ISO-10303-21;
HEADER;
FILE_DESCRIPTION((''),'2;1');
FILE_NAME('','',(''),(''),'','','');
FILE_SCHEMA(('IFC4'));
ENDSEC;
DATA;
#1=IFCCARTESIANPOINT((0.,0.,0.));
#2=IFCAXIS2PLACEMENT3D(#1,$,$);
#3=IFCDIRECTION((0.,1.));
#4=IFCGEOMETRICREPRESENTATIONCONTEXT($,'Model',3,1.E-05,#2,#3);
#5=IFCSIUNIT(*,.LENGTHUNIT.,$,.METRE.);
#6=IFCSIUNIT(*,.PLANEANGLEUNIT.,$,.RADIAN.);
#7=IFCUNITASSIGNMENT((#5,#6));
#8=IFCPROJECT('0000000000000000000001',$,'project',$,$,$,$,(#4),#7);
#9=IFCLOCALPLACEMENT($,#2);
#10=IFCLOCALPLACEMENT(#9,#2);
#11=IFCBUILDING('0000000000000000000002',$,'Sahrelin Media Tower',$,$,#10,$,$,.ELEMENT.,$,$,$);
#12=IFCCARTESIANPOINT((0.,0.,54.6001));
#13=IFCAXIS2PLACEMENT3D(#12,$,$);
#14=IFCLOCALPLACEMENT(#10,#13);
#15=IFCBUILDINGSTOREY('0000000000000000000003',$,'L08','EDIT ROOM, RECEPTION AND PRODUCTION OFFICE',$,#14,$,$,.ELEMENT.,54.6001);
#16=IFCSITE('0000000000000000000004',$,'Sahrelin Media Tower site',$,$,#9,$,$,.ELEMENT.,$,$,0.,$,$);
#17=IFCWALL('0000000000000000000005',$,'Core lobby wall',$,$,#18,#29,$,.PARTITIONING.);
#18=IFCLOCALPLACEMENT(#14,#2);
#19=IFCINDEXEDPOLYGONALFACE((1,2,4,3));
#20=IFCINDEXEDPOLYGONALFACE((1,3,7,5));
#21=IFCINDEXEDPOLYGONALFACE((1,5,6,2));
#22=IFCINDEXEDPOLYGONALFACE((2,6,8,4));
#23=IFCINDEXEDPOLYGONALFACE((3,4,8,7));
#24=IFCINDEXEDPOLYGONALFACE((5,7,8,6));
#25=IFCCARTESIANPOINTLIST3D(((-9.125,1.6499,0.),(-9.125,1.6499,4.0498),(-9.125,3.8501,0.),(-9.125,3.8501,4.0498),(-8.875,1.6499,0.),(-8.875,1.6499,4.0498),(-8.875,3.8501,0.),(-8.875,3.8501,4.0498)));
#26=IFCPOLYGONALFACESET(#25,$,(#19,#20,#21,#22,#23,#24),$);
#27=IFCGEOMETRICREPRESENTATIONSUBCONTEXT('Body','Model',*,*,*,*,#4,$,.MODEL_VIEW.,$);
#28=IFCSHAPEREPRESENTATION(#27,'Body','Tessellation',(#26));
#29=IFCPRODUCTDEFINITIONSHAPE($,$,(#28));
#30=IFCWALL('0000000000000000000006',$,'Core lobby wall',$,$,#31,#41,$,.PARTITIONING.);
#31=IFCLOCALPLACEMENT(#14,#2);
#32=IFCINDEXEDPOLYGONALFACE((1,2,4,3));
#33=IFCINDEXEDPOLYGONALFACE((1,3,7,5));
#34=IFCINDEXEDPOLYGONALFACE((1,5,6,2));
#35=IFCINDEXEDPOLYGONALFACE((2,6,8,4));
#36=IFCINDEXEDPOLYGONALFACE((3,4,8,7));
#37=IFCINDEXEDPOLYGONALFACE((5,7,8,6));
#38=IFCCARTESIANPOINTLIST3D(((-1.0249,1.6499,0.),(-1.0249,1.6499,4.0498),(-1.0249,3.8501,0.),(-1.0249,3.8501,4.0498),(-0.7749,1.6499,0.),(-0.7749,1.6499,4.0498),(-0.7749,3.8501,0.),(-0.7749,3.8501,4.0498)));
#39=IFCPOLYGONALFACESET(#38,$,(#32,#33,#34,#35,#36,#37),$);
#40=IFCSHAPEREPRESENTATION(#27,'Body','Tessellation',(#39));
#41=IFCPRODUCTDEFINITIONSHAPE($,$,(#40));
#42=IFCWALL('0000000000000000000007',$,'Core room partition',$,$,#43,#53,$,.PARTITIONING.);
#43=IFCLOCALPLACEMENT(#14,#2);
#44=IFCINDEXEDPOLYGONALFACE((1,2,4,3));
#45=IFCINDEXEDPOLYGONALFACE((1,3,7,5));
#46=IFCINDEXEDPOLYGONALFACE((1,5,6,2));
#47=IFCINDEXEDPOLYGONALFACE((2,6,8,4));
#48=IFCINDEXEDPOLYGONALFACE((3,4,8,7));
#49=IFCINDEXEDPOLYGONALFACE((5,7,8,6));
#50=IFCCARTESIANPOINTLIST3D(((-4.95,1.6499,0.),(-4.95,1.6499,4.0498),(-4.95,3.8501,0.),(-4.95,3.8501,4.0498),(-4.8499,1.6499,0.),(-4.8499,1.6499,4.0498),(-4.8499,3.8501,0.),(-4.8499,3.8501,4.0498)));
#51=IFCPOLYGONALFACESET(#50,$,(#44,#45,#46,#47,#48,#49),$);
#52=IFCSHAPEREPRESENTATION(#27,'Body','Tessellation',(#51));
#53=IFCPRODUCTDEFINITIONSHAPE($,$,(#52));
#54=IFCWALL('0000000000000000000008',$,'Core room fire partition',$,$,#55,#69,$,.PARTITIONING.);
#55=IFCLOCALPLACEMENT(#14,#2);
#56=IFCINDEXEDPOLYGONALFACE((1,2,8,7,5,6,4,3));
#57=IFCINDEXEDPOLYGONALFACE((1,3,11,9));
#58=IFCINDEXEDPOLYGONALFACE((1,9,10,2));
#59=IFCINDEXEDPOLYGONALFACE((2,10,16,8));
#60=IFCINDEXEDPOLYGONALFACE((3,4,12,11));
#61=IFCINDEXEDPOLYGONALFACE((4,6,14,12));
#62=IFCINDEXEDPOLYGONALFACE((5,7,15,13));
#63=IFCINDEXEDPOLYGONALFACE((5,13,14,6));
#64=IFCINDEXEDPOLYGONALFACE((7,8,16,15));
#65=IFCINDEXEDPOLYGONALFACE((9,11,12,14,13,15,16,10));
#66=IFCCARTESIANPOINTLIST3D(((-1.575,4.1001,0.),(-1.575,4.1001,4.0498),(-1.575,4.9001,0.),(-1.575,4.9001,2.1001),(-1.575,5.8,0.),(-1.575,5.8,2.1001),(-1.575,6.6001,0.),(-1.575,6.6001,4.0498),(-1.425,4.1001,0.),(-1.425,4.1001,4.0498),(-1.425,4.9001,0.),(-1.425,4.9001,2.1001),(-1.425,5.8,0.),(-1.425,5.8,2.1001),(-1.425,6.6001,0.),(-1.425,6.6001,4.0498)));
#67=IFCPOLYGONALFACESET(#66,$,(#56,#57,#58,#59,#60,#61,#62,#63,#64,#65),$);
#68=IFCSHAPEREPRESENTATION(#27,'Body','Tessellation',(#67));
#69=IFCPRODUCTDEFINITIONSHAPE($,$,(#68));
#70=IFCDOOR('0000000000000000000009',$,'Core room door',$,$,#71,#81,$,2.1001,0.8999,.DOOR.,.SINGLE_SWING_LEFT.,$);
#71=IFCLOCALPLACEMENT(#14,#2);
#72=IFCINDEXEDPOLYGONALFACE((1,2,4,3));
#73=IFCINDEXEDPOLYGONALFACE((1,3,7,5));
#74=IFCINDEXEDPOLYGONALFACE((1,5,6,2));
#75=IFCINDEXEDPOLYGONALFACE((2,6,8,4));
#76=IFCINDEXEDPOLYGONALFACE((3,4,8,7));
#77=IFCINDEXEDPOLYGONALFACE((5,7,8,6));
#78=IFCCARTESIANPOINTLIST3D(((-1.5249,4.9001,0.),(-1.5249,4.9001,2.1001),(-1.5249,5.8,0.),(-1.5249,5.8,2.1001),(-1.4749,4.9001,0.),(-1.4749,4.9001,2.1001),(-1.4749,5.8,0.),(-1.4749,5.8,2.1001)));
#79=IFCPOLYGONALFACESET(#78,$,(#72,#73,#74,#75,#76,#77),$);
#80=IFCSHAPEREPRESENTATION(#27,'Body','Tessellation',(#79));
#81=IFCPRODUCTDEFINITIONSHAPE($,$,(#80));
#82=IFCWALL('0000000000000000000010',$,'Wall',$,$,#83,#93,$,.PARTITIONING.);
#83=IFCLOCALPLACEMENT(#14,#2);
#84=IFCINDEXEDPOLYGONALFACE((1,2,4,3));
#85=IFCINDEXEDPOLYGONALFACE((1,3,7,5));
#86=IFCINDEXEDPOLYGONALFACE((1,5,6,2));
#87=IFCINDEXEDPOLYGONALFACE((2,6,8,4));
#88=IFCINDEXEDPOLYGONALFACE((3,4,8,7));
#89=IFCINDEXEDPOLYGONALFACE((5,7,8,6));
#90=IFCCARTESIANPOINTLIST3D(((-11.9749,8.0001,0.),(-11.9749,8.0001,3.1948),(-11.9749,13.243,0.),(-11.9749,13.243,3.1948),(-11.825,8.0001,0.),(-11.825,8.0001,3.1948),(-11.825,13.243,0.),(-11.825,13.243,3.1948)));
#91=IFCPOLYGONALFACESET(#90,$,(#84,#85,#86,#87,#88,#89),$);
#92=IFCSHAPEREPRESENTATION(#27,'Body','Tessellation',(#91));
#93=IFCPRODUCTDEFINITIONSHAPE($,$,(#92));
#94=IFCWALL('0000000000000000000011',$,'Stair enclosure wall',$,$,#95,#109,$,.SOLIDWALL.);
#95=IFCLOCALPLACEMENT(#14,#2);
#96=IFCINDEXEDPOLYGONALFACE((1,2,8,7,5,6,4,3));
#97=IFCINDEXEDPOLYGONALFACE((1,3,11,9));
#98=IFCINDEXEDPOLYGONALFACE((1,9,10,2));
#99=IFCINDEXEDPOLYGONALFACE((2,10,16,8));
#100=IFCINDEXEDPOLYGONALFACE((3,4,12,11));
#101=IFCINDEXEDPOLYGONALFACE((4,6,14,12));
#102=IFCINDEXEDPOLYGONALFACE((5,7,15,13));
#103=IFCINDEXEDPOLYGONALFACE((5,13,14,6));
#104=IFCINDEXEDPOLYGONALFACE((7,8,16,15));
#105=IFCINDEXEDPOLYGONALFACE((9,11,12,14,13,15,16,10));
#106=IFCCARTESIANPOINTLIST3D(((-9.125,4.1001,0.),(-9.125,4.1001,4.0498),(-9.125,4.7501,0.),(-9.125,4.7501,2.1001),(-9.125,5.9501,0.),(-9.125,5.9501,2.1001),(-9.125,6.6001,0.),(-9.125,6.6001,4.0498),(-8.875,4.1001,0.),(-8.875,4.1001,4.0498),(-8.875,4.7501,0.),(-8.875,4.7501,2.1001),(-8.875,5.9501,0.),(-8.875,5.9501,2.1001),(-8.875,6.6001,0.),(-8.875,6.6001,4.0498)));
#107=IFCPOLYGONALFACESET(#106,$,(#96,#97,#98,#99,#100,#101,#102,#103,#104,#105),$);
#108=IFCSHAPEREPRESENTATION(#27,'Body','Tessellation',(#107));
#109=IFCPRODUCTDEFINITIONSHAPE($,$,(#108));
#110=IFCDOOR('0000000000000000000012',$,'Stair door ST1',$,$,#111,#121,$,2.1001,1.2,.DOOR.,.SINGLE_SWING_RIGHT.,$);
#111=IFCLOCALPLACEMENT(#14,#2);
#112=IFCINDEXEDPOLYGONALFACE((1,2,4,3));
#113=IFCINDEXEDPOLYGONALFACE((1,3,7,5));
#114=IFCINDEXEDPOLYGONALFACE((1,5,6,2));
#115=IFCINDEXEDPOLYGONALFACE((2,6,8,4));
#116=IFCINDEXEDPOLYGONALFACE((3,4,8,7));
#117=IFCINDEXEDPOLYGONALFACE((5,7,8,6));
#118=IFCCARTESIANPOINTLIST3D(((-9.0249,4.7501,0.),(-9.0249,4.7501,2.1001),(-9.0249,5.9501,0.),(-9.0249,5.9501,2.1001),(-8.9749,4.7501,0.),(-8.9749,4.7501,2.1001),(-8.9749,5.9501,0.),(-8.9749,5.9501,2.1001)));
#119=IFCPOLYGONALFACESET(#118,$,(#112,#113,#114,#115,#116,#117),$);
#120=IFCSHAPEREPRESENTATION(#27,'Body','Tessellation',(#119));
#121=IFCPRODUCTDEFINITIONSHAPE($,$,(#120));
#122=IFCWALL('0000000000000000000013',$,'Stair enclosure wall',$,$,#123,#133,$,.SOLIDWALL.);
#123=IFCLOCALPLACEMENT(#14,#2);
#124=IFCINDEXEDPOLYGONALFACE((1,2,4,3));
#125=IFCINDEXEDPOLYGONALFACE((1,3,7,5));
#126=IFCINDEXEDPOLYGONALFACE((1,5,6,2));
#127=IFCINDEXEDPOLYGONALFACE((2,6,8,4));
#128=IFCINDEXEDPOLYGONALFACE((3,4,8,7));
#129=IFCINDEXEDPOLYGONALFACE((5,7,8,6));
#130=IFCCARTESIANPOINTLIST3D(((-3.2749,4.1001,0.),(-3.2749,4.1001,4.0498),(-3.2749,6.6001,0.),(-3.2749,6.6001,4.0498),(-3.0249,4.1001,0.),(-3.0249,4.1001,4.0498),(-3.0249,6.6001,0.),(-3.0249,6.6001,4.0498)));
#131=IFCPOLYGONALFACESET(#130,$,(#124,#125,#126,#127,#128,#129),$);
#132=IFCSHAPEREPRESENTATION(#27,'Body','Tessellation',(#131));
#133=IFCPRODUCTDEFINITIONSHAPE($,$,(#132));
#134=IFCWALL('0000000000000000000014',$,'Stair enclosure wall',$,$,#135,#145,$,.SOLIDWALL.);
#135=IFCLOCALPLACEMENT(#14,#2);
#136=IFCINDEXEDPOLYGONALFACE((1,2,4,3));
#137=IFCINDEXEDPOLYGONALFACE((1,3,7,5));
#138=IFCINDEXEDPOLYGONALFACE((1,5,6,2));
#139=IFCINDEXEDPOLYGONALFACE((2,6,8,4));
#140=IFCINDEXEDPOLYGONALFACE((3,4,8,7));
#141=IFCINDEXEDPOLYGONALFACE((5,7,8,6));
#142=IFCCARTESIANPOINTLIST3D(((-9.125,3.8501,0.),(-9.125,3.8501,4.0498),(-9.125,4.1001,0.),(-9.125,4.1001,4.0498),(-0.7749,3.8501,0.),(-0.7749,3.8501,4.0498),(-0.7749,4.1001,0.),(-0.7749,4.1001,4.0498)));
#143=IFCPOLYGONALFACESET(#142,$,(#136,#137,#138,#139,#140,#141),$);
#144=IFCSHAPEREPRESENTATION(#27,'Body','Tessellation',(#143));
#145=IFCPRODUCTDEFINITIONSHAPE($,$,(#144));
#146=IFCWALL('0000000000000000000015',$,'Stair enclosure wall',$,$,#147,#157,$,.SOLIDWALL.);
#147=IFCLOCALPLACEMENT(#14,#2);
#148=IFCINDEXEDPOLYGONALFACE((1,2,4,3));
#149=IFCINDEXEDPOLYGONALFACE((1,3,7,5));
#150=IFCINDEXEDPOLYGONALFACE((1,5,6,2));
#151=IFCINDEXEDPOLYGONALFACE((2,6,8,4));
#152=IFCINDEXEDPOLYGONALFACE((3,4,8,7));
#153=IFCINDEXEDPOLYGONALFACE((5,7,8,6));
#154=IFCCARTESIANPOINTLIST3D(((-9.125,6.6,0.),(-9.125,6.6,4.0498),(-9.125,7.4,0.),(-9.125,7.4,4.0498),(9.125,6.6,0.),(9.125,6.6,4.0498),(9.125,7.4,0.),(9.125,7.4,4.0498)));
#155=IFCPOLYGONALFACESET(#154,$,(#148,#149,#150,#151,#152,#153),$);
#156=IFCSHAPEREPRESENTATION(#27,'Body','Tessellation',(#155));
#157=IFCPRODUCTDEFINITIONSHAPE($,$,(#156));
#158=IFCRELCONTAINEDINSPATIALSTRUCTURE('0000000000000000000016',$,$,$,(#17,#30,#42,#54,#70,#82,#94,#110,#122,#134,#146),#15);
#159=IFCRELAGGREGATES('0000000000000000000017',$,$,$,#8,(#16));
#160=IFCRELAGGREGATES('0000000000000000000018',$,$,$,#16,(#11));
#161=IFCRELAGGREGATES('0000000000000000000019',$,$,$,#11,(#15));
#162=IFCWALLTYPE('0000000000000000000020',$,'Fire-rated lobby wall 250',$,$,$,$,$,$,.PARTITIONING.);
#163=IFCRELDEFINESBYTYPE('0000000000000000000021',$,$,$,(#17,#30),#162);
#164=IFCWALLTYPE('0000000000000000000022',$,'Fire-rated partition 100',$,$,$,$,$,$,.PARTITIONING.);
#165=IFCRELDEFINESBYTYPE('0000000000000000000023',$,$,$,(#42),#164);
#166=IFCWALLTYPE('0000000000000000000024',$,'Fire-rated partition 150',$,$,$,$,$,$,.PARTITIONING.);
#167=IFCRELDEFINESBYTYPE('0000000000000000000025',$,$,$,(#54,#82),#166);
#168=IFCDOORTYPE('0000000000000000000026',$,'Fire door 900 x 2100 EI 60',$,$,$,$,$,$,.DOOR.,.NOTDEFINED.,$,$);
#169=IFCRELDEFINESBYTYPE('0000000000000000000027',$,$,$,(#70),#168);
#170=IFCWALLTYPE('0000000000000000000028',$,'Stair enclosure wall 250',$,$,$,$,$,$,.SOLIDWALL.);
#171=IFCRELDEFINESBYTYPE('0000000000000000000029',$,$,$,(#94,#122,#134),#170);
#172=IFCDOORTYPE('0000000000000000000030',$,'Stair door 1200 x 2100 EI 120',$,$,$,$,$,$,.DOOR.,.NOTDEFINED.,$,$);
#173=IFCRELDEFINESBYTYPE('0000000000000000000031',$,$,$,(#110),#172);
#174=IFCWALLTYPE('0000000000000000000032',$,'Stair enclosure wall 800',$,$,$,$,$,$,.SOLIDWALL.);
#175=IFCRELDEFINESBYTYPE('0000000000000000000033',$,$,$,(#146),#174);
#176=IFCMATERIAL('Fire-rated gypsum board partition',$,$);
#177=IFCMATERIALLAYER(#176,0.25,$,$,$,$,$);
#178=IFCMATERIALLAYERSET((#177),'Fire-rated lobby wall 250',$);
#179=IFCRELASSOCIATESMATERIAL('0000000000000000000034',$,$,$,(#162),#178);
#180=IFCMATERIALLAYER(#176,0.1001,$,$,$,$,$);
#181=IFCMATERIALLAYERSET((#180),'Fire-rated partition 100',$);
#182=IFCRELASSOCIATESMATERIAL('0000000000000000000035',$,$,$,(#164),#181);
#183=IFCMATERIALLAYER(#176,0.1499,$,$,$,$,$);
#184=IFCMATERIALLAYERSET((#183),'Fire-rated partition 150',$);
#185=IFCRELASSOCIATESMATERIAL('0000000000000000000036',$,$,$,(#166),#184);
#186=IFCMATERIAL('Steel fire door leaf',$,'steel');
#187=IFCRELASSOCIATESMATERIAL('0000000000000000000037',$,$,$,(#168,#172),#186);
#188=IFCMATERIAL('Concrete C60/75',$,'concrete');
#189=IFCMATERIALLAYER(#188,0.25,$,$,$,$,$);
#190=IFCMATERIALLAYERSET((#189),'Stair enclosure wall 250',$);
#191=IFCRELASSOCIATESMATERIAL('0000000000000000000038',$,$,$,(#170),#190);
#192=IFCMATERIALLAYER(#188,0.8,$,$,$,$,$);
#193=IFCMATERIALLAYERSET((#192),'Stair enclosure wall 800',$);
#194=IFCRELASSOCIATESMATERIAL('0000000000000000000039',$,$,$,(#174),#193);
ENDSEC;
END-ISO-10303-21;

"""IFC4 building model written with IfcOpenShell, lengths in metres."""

from ifc_helpers import new_model, si_unit, direction, frame, frame_2d, origin, place, context, subcontext, project, spatial, rectangle, extrude, material, layer, layer_set, type_object, element, fill, save


model = new_model("IFC4")

# Units and contexts
model_context = context("Model", 3, precision=1e-05, world=origin(), true_north=direction((0.0, 1.0)))
body_context = subcontext(model_context, "Body", "Model", "MODEL_VIEW")
ifc_project = project(units=[si_unit("LENGTHUNIT", "METRE"), si_unit("PLANEANGLEUNIT", "RADIAN")], contexts=[model_context])

# Site, building, storey
site_placement = place(None, origin())
site = spatial("IfcSite", under=ifc_project, at=site_placement, Name="Sahrelin Media Tower site", CompositionType="ELEMENT", RefElevation=0.0)
building_placement = place(site_placement, origin())
building = spatial("IfcBuilding", under=site, at=building_placement, Name="Sahrelin Media Tower", CompositionType="ELEMENT")
storey_placement = place(building_placement, frame((0.0, 0.0, 54.6001)))
storey = spatial("IfcBuildingStorey", under=building, at=storey_placement, Name="L08", Description="EDIT ROOM, RECEPTION AND PRODUCTION OFFICE", CompositionType="ELEMENT", Elevation=54.6001)

# Shared definitions
ifc_material_1 = material(Name="Concrete C60/75", Category="concrete")
ifc_material_2 = material(Name="Steel fire door leaf", Category="steel")

# Shared definitions
ifc_material_3 = material(Name="Fire-rated gypsum board partition")
ifc_layer_1 = layer(ifc_material_3, 0.25)
ifc_layer_set_1 = layer_set([ifc_layer_1], Name="Fire-rated lobby wall 250")
wall_type_1 = type_object("IfcWallType", Name="Fire-rated lobby wall 250", PredefinedType="PARTITIONING", material=ifc_layer_set_1)

# Walls
for number, where, z_axis, x_axis, name in (
    (1, (-9.0, 1.6499, 0.0), (0.0, 0.0, 1.0), (0.0, 1.0, 0.0), "Core lobby wall"),
    (2, (-0.8999, 1.6499, 0.0), (0.0, 0.0, 1.0), (0.0, 1.0, 0.0), "Core lobby wall"),
):
    element("IfcWall", number, at=place(storey_placement, frame(where, z_axis=z_axis, x_axis=x_axis)), inside=storey, type_object=wall_type_1, Name=name, PredefinedType="PARTITIONING", context=body_context, shape_type="SweptSolid", body=[
        extrude(rectangle(XDim=2.2002, YDim=0.25, at=frame_2d((1.1001, 0.0))), origin(), (0.0, 0.0, 1.0), 4.0498),
    ])
ifc_layer_2 = layer(ifc_material_3, 0.1001)
ifc_layer_set_2 = layer_set([ifc_layer_2], Name="Fire-rated partition 100")
wall_type_2 = type_object("IfcWallType", Name="Fire-rated partition 100", PredefinedType="PARTITIONING", material=ifc_layer_set_2)
wall_1_placement = place(storey_placement, frame((-4.8999, 1.6499, 0.0), z_axis=(0.0, 0.0, 1.0), x_axis=(0.0, 1.0, 0.0)))
element("IfcWall", 3, at=wall_1_placement, inside=storey, type_object=wall_type_2, Name="Core room partition", PredefinedType="PARTITIONING", context=body_context, shape_type="SweptSolid", body=[
    extrude(rectangle(XDim=2.2002, YDim=0.1001, at=frame_2d((1.1001, 0.0))), origin(), (0.0, 0.0, 1.0), 4.0498),
])

# Wall, opening, door
ifc_layer_3 = layer(ifc_material_3, 0.1499)
ifc_layer_set_3 = layer_set([ifc_layer_3], Name="Fire-rated partition 150")
wall_type_3 = type_object("IfcWallType", Name="Fire-rated partition 150", PredefinedType="PARTITIONING", material=ifc_layer_set_3)
wall_2_placement = place(storey_placement, frame((-1.5, 4.1001, 0.0), z_axis=(0.0, 0.0, 1.0), x_axis=(0.0, 1.0, 0.0)))
wall_2 = element("IfcWall", 4, at=wall_2_placement, inside=storey, type_object=wall_type_3, Name="Core room fire partition", PredefinedType="PARTITIONING", context=body_context, shape_type="SweptSolid", body=[
    extrude(rectangle(XDim=2.5, YDim=0.1499, at=frame_2d((1.25, 0.0))), origin(), (0.0, 0.0, 1.0), 4.0498),
])
opening_1_placement = place(wall_2_placement, frame((0.8, 0.0, 0.0)))
opening_1 = element("IfcOpeningElement", 5, at=opening_1_placement, cuts=wall_2, PredefinedType="OPENING", context=body_context, shape_type="SweptSolid", body=[
    extrude(rectangle(XDim=0.8999, YDim=2.1001, at=frame_2d((0.45, 1.05))), frame((0.0, 0.075, 0.0), z_axis=(0.0, -1.0, 0.0), x_axis=(1.0, 0.0, 0.0)), (0.0, 0.0, 1.0), 0.1499),
])
door_type_1 = type_object("IfcDoorType", Name="Fire door 900 x 2100 EI 60", OperationType="NOTDEFINED", PredefinedType="DOOR", material=ifc_material_2)
door_1_placement = place(opening_1_placement, origin())
door_1 = element("IfcDoor", 6, at=door_1_placement, inside=storey, type_object=door_type_1, Name="Core room door", OperationType="SINGLE_SWING_LEFT", OverallHeight=2.1001, OverallWidth=0.8999, PredefinedType="DOOR", context=body_context, shape_type="SweptSolid", body=[
    extrude(rectangle(XDim=0.8999, YDim=2.1001, at=frame_2d((0.45, 1.05))), frame((0.0, 0.0249, 0.0), z_axis=(0.0, -1.0, 0.0), x_axis=(1.0, 0.0, 0.0)), (0.0, 0.0, 1.0), 0.05),
])
fill(opening_1, door_1)

# Wall
wall_3_placement = place(storey_placement, frame((-11.8999, 8.0, 0.0), z_axis=(0.0, 0.0, 1.0), x_axis=(0.0, 1.0, 0.0)))
element("IfcWall", 7, at=wall_3_placement, inside=storey, type_object=wall_type_3, Name="Wall", PredefinedType="PARTITIONING", context=body_context, shape_type="SweptSolid", body=[
    extrude(rectangle(XDim=5.2429, YDim=0.1499, at=frame_2d((2.6216, 0.0))), origin(), (0.0, 0.0, 1.0), 3.1948),
])

# Wall, opening, door
ifc_layer_4 = layer(ifc_material_1, 0.25)
ifc_layer_set_4 = layer_set([ifc_layer_4], Name="Stair enclosure wall 250")
wall_type_4 = type_object("IfcWallType", Name="Stair enclosure wall 250", PredefinedType="SOLIDWALL", material=ifc_layer_set_4)
wall_4_placement = place(storey_placement, frame((-9.0, 4.1001, 0.0), z_axis=(0.0, 0.0, 1.0), x_axis=(0.0, 1.0, 0.0)))
wall_4 = element("IfcWall", 8, at=wall_4_placement, inside=storey, type_object=wall_type_4, Name="Stair enclosure wall", PredefinedType="SOLIDWALL", context=body_context, shape_type="SweptSolid", body=[
    extrude(rectangle(XDim=2.5, YDim=0.25, at=frame_2d((1.25, 0.0))), origin(), (0.0, 0.0, 1.0), 4.0498),
])
opening_2_placement = place(wall_4_placement, frame((0.6499, 0.0, 0.0)))
opening_2 = element("IfcOpeningElement", 9, at=opening_2_placement, cuts=wall_4, PredefinedType="OPENING", context=body_context, shape_type="SweptSolid", body=[
    extrude(rectangle(XDim=1.2, YDim=2.1001, at=frame_2d((0.6001, 1.05))), frame((0.0, 0.125, 0.0), z_axis=(0.0, -1.0, 0.0), x_axis=(1.0, 0.0, 0.0)), (0.0, 0.0, 1.0), 0.25),
])
door_type_2 = type_object("IfcDoorType", Name="Stair door 1200 x 2100 EI 120", OperationType="NOTDEFINED", PredefinedType="DOOR", material=ifc_material_2)
door_2_placement = place(opening_2_placement, origin())
door_2 = element("IfcDoor", 10, at=door_2_placement, inside=storey, type_object=door_type_2, Name="Stair door ST1", OperationType="SINGLE_SWING_RIGHT", OverallHeight=2.1001, OverallWidth=1.2, PredefinedType="DOOR", context=body_context, shape_type="SweptSolid", body=[
    extrude(rectangle(XDim=1.2, YDim=2.1001, at=frame_2d((0.6001, 1.05))), frame((0.0, 0.0249, 0.0), z_axis=(0.0, -1.0, 0.0), x_axis=(1.0, 0.0, 0.0)), (0.0, 0.0, 1.0), 0.05),
])
fill(opening_2, door_2)

# Walls
wall_5_placement = place(storey_placement, frame((-3.1499, 4.1001, 0.0), z_axis=(0.0, 0.0, 1.0), x_axis=(0.0, 1.0, 0.0)))
element("IfcWall", 11, at=wall_5_placement, inside=storey, type_object=wall_type_4, Name="Stair enclosure wall", PredefinedType="SOLIDWALL", context=body_context, shape_type="SweptSolid", body=[
    extrude(rectangle(XDim=2.5, YDim=0.25, at=frame_2d((1.25, 0.0))), origin(), (0.0, 0.0, 1.0), 4.0498),
])
wall_6_placement = place(storey_placement, frame((-9.125, 3.9751, 0.0), z_axis=(0.0, 0.0, 1.0), x_axis=(1.0, 0.0, 0.0)))
element("IfcWall", 12, at=wall_6_placement, inside=storey, type_object=wall_type_4, Name="Stair enclosure wall", PredefinedType="SOLIDWALL", context=body_context, shape_type="SweptSolid", body=[
    extrude(rectangle(XDim=8.3501, YDim=0.25, at=frame_2d((4.175, 0.0))), origin(), (0.0, 0.0, 1.0), 4.0498),
])
ifc_layer_5 = layer(ifc_material_1, 0.8)
ifc_layer_set_5 = layer_set([ifc_layer_5], Name="Stair enclosure wall 800")
wall_type_5 = type_object("IfcWallType", Name="Stair enclosure wall 800", PredefinedType="SOLIDWALL", material=ifc_layer_set_5)
wall_7_placement = place(storey_placement, frame((-9.125, 7.0, 0.0), z_axis=(0.0, 0.0, 1.0), x_axis=(1.0, 0.0, 0.0)))
element("IfcWall", 13, at=wall_7_placement, inside=storey, type_object=wall_type_5, Name="Stair enclosure wall", PredefinedType="SOLIDWALL", context=body_context, shape_type="SweptSolid", body=[
    extrude(rectangle(XDim=18.25, YDim=0.8, at=frame_2d((9.125, 0.0))), origin(), (0.0, 0.0, 1.0), 4.0498),
])

save(model, "model.ifc")
